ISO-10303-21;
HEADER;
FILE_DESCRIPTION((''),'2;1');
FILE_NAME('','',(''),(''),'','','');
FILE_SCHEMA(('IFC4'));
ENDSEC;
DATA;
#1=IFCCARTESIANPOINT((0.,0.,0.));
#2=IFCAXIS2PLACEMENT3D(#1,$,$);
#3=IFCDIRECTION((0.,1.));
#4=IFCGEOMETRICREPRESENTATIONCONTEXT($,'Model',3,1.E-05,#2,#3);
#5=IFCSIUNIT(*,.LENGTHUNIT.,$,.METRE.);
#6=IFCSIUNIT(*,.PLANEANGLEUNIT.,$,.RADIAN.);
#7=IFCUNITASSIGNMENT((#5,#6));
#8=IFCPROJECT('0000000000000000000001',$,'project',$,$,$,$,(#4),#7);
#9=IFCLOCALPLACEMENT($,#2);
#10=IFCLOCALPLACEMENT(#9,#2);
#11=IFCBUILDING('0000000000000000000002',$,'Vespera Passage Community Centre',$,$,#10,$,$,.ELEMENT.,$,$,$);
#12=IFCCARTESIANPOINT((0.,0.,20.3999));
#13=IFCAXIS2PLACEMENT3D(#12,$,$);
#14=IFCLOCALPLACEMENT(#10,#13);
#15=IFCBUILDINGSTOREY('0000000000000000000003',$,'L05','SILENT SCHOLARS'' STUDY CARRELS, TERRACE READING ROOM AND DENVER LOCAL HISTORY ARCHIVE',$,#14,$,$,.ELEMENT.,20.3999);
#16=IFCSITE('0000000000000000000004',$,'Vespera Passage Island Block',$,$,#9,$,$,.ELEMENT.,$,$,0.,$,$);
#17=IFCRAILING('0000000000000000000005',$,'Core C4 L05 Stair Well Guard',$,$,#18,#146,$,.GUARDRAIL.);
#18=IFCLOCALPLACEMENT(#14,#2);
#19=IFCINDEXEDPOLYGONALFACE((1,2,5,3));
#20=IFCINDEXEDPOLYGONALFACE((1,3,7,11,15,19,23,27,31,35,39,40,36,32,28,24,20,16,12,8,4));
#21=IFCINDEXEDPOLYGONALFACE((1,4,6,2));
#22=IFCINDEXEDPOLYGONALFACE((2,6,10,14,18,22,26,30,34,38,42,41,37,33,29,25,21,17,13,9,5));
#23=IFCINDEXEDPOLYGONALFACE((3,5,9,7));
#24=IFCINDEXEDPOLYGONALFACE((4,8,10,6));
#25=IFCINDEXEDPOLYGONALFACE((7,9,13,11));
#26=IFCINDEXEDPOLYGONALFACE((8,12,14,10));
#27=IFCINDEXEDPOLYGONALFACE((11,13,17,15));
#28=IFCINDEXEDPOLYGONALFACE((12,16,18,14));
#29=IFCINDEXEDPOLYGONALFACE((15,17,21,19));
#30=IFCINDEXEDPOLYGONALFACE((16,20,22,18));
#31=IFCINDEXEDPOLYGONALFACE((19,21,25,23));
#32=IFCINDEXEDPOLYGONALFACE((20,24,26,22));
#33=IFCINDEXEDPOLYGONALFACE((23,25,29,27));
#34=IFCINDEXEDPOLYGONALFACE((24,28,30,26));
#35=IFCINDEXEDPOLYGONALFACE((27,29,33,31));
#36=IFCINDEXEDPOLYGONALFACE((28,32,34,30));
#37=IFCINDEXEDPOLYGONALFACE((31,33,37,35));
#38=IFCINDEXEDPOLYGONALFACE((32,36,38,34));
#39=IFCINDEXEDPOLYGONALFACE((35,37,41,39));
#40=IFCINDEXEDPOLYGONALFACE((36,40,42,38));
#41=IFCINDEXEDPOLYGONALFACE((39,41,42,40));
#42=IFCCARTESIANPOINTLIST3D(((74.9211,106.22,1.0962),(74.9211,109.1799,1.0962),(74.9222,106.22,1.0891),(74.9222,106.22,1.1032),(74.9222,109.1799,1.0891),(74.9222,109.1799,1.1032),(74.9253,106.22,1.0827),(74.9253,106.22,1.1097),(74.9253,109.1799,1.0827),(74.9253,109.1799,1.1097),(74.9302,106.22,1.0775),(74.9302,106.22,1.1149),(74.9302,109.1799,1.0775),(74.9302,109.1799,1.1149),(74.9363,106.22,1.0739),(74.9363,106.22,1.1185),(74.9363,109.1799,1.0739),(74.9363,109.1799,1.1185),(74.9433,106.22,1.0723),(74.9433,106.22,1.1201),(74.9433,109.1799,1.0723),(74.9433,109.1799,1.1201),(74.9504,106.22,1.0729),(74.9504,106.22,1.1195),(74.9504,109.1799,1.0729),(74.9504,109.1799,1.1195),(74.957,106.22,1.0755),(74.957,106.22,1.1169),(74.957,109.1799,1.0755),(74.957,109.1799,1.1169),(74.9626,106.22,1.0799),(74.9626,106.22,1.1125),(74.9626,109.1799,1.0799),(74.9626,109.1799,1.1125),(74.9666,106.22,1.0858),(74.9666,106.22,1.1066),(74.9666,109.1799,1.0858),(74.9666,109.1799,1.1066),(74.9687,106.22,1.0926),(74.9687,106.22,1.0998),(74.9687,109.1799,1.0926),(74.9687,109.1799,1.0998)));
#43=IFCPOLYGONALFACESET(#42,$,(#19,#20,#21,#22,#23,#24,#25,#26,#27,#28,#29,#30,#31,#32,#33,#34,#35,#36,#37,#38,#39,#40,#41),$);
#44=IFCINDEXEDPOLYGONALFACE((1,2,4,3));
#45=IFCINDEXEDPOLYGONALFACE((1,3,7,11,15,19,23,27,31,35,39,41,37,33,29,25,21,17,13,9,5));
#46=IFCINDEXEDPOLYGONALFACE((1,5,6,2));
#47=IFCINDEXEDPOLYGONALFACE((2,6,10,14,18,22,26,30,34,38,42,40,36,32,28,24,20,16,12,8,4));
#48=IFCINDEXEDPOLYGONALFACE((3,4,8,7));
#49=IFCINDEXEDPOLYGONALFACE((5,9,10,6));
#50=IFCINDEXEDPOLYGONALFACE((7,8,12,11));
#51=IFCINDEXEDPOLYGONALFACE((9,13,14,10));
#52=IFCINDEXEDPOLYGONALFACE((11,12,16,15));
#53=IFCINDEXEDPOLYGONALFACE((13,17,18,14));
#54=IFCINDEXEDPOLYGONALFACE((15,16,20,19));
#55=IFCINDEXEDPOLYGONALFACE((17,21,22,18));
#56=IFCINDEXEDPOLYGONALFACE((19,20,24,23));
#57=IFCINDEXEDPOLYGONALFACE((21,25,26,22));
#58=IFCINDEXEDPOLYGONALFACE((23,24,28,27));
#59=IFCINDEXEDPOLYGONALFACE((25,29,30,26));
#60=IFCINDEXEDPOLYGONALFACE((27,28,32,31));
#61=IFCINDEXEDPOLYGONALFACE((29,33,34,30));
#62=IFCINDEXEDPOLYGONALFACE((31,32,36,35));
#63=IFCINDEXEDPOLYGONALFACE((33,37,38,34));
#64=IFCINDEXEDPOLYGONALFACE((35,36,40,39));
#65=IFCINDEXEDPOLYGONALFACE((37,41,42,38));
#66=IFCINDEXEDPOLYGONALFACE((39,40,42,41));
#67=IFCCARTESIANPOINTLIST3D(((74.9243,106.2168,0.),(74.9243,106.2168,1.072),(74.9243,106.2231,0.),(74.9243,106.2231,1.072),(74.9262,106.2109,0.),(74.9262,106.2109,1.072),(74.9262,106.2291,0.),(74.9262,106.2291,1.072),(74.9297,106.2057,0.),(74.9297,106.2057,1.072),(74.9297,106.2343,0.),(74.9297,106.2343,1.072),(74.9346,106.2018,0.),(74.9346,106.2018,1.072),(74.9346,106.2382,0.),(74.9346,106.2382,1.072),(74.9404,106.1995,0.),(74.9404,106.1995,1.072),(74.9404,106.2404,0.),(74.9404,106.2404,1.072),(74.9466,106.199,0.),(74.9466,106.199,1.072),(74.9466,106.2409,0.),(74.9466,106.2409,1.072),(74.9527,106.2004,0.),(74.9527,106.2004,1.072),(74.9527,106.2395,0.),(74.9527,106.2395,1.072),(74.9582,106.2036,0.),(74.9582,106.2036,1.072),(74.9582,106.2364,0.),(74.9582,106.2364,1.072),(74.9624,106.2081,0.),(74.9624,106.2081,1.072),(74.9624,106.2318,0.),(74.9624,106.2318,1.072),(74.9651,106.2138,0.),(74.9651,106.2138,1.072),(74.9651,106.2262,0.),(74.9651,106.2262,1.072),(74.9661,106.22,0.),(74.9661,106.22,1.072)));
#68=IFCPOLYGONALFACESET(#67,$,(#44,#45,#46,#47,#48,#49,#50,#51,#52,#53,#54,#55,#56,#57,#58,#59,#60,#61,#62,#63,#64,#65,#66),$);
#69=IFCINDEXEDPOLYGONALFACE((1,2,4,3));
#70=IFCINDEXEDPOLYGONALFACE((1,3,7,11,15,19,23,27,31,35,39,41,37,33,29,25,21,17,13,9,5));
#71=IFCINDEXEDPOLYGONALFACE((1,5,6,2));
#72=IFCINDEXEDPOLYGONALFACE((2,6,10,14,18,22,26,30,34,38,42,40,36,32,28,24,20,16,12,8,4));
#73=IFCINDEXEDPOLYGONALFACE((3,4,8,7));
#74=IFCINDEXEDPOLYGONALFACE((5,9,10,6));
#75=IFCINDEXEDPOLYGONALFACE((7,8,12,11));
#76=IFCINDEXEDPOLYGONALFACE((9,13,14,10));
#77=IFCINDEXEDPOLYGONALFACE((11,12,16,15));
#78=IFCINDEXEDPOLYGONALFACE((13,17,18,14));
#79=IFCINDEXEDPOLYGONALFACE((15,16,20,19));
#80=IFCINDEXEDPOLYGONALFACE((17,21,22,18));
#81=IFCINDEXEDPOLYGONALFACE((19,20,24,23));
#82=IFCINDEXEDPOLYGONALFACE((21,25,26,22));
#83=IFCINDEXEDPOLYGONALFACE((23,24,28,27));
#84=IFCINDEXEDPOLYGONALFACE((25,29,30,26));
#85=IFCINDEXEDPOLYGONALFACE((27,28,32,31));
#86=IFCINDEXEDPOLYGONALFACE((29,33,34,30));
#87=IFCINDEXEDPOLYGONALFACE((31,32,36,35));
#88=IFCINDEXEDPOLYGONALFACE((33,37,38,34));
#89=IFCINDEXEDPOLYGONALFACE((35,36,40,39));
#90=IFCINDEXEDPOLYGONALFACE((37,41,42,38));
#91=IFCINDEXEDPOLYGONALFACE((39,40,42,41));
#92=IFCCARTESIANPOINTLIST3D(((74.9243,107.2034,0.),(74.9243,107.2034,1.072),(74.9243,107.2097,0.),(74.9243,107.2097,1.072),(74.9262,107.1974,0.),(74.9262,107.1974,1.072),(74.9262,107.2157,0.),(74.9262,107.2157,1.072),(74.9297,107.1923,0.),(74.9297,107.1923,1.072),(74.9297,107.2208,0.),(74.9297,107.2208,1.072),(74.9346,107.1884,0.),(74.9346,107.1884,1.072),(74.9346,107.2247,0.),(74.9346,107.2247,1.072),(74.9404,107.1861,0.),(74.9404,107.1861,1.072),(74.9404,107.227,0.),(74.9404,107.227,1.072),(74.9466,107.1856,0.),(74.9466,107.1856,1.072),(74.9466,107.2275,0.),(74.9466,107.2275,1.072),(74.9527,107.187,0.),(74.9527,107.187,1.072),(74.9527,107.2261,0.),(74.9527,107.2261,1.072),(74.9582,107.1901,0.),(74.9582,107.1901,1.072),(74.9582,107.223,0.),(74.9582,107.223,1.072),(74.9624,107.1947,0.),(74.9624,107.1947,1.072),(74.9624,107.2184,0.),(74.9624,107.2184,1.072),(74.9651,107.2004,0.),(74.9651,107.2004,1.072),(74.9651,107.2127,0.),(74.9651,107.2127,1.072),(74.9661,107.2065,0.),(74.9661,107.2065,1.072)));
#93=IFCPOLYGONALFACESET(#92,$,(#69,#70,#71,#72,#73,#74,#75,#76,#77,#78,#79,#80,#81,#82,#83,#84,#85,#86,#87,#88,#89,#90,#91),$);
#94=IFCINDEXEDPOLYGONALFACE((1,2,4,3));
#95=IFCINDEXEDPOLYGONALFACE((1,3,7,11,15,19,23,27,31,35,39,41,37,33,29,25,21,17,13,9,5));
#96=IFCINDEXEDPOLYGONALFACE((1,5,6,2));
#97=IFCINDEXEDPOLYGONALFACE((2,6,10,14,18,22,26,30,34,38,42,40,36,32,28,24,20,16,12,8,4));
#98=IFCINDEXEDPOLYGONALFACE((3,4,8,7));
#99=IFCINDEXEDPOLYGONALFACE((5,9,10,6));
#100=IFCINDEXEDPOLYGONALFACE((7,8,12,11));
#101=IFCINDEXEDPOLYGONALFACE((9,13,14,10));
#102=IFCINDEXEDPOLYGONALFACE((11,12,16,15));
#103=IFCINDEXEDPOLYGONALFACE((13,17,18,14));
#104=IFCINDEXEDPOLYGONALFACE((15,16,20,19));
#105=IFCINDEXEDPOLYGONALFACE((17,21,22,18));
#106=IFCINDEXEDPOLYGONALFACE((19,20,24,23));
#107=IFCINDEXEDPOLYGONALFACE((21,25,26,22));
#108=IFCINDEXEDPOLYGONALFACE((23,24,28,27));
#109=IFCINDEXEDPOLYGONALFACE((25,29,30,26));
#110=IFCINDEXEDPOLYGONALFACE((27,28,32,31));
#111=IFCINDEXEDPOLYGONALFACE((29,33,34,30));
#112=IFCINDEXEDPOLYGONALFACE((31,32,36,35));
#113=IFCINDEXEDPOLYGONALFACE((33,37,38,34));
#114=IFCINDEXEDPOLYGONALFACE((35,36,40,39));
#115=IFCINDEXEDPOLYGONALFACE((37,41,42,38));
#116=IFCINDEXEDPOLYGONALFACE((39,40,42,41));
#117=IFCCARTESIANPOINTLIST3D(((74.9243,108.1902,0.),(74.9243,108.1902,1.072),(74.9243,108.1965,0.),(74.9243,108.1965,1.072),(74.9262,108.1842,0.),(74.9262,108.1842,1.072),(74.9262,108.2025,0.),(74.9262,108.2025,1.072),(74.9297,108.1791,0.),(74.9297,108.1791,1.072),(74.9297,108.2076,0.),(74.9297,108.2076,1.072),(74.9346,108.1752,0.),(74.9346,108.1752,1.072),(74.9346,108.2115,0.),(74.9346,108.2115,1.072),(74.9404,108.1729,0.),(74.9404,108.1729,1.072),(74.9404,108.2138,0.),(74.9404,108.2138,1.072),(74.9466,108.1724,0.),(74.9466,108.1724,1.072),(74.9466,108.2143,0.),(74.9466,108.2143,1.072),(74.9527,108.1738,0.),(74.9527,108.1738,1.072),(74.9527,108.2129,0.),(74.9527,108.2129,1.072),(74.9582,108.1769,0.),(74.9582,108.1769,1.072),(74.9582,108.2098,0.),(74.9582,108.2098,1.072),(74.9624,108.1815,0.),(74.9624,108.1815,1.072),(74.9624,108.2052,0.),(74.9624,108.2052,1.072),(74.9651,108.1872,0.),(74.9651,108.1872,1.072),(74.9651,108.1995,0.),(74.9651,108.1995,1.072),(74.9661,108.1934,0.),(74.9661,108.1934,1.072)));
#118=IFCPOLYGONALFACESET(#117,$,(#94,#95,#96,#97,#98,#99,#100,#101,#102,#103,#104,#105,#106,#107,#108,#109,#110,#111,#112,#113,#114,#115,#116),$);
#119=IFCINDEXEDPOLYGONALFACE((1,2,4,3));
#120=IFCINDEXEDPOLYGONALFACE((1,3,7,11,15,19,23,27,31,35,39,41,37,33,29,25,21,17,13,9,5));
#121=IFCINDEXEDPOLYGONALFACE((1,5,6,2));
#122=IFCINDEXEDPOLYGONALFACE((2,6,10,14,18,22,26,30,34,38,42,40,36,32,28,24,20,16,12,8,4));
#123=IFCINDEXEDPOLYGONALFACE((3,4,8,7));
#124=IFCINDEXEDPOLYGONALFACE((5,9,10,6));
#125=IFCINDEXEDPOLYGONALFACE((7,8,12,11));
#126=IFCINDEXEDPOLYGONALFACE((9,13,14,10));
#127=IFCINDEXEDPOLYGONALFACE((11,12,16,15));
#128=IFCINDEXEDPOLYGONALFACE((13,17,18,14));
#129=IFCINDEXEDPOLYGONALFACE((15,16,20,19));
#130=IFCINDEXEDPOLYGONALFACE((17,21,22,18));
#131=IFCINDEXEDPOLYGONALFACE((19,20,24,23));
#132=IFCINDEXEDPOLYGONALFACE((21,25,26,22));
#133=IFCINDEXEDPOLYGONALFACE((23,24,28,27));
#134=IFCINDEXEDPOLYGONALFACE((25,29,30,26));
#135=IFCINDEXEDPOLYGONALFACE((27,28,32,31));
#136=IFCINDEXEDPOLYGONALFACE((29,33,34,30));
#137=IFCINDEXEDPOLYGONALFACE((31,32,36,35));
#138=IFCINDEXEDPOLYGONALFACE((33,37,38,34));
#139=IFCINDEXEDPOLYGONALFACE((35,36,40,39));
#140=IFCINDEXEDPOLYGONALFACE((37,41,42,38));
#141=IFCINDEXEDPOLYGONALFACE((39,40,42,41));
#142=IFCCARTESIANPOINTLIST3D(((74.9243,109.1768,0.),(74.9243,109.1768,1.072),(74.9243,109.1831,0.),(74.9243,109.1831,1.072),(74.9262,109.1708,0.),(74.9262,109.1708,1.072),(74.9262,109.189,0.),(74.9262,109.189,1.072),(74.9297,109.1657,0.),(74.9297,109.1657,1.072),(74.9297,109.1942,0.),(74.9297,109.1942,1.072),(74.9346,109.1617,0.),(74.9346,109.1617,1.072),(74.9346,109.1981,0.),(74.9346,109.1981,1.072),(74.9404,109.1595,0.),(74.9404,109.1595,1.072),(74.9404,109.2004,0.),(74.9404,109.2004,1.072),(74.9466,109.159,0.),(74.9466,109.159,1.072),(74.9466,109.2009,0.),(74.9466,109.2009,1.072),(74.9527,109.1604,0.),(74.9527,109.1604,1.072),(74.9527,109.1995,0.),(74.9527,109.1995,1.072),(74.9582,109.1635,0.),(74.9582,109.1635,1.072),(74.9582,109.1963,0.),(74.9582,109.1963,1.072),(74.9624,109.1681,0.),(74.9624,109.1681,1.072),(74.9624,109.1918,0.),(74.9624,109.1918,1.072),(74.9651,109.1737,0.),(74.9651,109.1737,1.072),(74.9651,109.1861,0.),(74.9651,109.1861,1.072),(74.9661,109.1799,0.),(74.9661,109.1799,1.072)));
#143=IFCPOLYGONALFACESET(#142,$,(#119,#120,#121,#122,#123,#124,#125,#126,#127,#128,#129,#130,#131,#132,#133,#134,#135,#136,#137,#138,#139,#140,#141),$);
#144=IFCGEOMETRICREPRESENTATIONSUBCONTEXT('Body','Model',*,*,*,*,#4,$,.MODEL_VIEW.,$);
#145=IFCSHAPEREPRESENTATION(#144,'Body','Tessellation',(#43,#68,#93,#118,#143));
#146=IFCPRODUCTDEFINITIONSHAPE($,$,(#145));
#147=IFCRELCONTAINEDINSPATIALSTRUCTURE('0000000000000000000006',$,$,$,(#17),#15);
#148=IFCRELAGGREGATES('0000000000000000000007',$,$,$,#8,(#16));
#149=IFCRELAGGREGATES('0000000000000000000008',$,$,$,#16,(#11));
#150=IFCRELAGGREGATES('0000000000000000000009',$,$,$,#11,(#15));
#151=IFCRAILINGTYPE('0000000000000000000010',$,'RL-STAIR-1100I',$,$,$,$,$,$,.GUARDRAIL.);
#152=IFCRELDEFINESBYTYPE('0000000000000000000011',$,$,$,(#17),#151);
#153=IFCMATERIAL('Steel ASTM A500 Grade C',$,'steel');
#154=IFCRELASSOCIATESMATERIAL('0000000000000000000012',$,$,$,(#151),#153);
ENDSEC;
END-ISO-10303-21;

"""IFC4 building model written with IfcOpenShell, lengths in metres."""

from ifc_helpers import new_model, si_unit, direction, frame, origin, origin_2d, place, context, subcontext, project, spatial, circle, extrude, material, type_object, element, save


model = new_model("IFC4")

# Units and contexts
model_context = context("Model", 3, precision=1e-05, world=origin(), true_north=direction((0.0, 1.0)))
body_context = subcontext(model_context, "Body", "Model", "MODEL_VIEW")
ifc_project = project(units=[si_unit("LENGTHUNIT", "METRE"), si_unit("PLANEANGLEUNIT", "RADIAN")], contexts=[model_context])

# Site, building, storey
site_placement = place(None, origin())
site = spatial("IfcSite", under=ifc_project, at=site_placement, Name="Vespera Passage Island Block", CompositionType="ELEMENT", RefElevation=0.0)
building_placement = place(site_placement, origin())
building = spatial("IfcBuilding", under=site, at=building_placement, Name="Vespera Passage Community Centre", CompositionType="ELEMENT")
storey_placement = place(building_placement, frame((0.0, 0.0, 20.3999)))
storey = spatial("IfcBuildingStorey", under=building, at=storey_placement, Name="L05", Description="SILENT SCHOLARS' STUDY CARRELS, TERRACE READING ROOM AND DENVER LOCAL HISTORY ARCHIVE", CompositionType="ELEMENT", Elevation=20.3999)

# Railing
ifc_material_1 = material(Name="Steel ASTM A500 Grade C", Category="steel")
railing_type = type_object("IfcRailingType", Name="RL-STAIR-1100I", PredefinedType="GUARDRAIL", material=ifc_material_1)
railing_1_placement = place(storey_placement, frame((74.9451, 106.22, 0.0)))
element("IfcRailing", 1, at=railing_1_placement, inside=storey, type_object=railing_type, Name="Core C4 L05 Stair Well Guard", PredefinedType="GUARDRAIL", context=body_context, shape_type="SweptSolid", body=[
    extrude(circle(Radius=0.0239, at=origin_2d()), frame((0.0, 0.0, 1.0962), z_axis=(0.0, 1.0, 0.0), x_axis=(-1.0, 0.0, 0.0)), (0.0, 0.0, 1.0), 2.96),
    extrude(circle(Radius=0.021, at=origin_2d()), origin(), (0.0, 0.0, 1.0), 1.072),
    extrude(circle(Radius=0.021, at=origin_2d()), frame((0.0, 0.9866, 0.0)), (0.0, 0.0, 1.0), 1.072),
    extrude(circle(Radius=0.021, at=origin_2d()), frame((0.0, 1.9734, 0.0)), (0.0, 0.0, 1.0), 1.072),
    extrude(circle(Radius=0.021, at=origin_2d()), frame((0.0, 2.96, 0.0)), (0.0, 0.0, 1.0), 1.072),
])

save(model, "model.ifc")
